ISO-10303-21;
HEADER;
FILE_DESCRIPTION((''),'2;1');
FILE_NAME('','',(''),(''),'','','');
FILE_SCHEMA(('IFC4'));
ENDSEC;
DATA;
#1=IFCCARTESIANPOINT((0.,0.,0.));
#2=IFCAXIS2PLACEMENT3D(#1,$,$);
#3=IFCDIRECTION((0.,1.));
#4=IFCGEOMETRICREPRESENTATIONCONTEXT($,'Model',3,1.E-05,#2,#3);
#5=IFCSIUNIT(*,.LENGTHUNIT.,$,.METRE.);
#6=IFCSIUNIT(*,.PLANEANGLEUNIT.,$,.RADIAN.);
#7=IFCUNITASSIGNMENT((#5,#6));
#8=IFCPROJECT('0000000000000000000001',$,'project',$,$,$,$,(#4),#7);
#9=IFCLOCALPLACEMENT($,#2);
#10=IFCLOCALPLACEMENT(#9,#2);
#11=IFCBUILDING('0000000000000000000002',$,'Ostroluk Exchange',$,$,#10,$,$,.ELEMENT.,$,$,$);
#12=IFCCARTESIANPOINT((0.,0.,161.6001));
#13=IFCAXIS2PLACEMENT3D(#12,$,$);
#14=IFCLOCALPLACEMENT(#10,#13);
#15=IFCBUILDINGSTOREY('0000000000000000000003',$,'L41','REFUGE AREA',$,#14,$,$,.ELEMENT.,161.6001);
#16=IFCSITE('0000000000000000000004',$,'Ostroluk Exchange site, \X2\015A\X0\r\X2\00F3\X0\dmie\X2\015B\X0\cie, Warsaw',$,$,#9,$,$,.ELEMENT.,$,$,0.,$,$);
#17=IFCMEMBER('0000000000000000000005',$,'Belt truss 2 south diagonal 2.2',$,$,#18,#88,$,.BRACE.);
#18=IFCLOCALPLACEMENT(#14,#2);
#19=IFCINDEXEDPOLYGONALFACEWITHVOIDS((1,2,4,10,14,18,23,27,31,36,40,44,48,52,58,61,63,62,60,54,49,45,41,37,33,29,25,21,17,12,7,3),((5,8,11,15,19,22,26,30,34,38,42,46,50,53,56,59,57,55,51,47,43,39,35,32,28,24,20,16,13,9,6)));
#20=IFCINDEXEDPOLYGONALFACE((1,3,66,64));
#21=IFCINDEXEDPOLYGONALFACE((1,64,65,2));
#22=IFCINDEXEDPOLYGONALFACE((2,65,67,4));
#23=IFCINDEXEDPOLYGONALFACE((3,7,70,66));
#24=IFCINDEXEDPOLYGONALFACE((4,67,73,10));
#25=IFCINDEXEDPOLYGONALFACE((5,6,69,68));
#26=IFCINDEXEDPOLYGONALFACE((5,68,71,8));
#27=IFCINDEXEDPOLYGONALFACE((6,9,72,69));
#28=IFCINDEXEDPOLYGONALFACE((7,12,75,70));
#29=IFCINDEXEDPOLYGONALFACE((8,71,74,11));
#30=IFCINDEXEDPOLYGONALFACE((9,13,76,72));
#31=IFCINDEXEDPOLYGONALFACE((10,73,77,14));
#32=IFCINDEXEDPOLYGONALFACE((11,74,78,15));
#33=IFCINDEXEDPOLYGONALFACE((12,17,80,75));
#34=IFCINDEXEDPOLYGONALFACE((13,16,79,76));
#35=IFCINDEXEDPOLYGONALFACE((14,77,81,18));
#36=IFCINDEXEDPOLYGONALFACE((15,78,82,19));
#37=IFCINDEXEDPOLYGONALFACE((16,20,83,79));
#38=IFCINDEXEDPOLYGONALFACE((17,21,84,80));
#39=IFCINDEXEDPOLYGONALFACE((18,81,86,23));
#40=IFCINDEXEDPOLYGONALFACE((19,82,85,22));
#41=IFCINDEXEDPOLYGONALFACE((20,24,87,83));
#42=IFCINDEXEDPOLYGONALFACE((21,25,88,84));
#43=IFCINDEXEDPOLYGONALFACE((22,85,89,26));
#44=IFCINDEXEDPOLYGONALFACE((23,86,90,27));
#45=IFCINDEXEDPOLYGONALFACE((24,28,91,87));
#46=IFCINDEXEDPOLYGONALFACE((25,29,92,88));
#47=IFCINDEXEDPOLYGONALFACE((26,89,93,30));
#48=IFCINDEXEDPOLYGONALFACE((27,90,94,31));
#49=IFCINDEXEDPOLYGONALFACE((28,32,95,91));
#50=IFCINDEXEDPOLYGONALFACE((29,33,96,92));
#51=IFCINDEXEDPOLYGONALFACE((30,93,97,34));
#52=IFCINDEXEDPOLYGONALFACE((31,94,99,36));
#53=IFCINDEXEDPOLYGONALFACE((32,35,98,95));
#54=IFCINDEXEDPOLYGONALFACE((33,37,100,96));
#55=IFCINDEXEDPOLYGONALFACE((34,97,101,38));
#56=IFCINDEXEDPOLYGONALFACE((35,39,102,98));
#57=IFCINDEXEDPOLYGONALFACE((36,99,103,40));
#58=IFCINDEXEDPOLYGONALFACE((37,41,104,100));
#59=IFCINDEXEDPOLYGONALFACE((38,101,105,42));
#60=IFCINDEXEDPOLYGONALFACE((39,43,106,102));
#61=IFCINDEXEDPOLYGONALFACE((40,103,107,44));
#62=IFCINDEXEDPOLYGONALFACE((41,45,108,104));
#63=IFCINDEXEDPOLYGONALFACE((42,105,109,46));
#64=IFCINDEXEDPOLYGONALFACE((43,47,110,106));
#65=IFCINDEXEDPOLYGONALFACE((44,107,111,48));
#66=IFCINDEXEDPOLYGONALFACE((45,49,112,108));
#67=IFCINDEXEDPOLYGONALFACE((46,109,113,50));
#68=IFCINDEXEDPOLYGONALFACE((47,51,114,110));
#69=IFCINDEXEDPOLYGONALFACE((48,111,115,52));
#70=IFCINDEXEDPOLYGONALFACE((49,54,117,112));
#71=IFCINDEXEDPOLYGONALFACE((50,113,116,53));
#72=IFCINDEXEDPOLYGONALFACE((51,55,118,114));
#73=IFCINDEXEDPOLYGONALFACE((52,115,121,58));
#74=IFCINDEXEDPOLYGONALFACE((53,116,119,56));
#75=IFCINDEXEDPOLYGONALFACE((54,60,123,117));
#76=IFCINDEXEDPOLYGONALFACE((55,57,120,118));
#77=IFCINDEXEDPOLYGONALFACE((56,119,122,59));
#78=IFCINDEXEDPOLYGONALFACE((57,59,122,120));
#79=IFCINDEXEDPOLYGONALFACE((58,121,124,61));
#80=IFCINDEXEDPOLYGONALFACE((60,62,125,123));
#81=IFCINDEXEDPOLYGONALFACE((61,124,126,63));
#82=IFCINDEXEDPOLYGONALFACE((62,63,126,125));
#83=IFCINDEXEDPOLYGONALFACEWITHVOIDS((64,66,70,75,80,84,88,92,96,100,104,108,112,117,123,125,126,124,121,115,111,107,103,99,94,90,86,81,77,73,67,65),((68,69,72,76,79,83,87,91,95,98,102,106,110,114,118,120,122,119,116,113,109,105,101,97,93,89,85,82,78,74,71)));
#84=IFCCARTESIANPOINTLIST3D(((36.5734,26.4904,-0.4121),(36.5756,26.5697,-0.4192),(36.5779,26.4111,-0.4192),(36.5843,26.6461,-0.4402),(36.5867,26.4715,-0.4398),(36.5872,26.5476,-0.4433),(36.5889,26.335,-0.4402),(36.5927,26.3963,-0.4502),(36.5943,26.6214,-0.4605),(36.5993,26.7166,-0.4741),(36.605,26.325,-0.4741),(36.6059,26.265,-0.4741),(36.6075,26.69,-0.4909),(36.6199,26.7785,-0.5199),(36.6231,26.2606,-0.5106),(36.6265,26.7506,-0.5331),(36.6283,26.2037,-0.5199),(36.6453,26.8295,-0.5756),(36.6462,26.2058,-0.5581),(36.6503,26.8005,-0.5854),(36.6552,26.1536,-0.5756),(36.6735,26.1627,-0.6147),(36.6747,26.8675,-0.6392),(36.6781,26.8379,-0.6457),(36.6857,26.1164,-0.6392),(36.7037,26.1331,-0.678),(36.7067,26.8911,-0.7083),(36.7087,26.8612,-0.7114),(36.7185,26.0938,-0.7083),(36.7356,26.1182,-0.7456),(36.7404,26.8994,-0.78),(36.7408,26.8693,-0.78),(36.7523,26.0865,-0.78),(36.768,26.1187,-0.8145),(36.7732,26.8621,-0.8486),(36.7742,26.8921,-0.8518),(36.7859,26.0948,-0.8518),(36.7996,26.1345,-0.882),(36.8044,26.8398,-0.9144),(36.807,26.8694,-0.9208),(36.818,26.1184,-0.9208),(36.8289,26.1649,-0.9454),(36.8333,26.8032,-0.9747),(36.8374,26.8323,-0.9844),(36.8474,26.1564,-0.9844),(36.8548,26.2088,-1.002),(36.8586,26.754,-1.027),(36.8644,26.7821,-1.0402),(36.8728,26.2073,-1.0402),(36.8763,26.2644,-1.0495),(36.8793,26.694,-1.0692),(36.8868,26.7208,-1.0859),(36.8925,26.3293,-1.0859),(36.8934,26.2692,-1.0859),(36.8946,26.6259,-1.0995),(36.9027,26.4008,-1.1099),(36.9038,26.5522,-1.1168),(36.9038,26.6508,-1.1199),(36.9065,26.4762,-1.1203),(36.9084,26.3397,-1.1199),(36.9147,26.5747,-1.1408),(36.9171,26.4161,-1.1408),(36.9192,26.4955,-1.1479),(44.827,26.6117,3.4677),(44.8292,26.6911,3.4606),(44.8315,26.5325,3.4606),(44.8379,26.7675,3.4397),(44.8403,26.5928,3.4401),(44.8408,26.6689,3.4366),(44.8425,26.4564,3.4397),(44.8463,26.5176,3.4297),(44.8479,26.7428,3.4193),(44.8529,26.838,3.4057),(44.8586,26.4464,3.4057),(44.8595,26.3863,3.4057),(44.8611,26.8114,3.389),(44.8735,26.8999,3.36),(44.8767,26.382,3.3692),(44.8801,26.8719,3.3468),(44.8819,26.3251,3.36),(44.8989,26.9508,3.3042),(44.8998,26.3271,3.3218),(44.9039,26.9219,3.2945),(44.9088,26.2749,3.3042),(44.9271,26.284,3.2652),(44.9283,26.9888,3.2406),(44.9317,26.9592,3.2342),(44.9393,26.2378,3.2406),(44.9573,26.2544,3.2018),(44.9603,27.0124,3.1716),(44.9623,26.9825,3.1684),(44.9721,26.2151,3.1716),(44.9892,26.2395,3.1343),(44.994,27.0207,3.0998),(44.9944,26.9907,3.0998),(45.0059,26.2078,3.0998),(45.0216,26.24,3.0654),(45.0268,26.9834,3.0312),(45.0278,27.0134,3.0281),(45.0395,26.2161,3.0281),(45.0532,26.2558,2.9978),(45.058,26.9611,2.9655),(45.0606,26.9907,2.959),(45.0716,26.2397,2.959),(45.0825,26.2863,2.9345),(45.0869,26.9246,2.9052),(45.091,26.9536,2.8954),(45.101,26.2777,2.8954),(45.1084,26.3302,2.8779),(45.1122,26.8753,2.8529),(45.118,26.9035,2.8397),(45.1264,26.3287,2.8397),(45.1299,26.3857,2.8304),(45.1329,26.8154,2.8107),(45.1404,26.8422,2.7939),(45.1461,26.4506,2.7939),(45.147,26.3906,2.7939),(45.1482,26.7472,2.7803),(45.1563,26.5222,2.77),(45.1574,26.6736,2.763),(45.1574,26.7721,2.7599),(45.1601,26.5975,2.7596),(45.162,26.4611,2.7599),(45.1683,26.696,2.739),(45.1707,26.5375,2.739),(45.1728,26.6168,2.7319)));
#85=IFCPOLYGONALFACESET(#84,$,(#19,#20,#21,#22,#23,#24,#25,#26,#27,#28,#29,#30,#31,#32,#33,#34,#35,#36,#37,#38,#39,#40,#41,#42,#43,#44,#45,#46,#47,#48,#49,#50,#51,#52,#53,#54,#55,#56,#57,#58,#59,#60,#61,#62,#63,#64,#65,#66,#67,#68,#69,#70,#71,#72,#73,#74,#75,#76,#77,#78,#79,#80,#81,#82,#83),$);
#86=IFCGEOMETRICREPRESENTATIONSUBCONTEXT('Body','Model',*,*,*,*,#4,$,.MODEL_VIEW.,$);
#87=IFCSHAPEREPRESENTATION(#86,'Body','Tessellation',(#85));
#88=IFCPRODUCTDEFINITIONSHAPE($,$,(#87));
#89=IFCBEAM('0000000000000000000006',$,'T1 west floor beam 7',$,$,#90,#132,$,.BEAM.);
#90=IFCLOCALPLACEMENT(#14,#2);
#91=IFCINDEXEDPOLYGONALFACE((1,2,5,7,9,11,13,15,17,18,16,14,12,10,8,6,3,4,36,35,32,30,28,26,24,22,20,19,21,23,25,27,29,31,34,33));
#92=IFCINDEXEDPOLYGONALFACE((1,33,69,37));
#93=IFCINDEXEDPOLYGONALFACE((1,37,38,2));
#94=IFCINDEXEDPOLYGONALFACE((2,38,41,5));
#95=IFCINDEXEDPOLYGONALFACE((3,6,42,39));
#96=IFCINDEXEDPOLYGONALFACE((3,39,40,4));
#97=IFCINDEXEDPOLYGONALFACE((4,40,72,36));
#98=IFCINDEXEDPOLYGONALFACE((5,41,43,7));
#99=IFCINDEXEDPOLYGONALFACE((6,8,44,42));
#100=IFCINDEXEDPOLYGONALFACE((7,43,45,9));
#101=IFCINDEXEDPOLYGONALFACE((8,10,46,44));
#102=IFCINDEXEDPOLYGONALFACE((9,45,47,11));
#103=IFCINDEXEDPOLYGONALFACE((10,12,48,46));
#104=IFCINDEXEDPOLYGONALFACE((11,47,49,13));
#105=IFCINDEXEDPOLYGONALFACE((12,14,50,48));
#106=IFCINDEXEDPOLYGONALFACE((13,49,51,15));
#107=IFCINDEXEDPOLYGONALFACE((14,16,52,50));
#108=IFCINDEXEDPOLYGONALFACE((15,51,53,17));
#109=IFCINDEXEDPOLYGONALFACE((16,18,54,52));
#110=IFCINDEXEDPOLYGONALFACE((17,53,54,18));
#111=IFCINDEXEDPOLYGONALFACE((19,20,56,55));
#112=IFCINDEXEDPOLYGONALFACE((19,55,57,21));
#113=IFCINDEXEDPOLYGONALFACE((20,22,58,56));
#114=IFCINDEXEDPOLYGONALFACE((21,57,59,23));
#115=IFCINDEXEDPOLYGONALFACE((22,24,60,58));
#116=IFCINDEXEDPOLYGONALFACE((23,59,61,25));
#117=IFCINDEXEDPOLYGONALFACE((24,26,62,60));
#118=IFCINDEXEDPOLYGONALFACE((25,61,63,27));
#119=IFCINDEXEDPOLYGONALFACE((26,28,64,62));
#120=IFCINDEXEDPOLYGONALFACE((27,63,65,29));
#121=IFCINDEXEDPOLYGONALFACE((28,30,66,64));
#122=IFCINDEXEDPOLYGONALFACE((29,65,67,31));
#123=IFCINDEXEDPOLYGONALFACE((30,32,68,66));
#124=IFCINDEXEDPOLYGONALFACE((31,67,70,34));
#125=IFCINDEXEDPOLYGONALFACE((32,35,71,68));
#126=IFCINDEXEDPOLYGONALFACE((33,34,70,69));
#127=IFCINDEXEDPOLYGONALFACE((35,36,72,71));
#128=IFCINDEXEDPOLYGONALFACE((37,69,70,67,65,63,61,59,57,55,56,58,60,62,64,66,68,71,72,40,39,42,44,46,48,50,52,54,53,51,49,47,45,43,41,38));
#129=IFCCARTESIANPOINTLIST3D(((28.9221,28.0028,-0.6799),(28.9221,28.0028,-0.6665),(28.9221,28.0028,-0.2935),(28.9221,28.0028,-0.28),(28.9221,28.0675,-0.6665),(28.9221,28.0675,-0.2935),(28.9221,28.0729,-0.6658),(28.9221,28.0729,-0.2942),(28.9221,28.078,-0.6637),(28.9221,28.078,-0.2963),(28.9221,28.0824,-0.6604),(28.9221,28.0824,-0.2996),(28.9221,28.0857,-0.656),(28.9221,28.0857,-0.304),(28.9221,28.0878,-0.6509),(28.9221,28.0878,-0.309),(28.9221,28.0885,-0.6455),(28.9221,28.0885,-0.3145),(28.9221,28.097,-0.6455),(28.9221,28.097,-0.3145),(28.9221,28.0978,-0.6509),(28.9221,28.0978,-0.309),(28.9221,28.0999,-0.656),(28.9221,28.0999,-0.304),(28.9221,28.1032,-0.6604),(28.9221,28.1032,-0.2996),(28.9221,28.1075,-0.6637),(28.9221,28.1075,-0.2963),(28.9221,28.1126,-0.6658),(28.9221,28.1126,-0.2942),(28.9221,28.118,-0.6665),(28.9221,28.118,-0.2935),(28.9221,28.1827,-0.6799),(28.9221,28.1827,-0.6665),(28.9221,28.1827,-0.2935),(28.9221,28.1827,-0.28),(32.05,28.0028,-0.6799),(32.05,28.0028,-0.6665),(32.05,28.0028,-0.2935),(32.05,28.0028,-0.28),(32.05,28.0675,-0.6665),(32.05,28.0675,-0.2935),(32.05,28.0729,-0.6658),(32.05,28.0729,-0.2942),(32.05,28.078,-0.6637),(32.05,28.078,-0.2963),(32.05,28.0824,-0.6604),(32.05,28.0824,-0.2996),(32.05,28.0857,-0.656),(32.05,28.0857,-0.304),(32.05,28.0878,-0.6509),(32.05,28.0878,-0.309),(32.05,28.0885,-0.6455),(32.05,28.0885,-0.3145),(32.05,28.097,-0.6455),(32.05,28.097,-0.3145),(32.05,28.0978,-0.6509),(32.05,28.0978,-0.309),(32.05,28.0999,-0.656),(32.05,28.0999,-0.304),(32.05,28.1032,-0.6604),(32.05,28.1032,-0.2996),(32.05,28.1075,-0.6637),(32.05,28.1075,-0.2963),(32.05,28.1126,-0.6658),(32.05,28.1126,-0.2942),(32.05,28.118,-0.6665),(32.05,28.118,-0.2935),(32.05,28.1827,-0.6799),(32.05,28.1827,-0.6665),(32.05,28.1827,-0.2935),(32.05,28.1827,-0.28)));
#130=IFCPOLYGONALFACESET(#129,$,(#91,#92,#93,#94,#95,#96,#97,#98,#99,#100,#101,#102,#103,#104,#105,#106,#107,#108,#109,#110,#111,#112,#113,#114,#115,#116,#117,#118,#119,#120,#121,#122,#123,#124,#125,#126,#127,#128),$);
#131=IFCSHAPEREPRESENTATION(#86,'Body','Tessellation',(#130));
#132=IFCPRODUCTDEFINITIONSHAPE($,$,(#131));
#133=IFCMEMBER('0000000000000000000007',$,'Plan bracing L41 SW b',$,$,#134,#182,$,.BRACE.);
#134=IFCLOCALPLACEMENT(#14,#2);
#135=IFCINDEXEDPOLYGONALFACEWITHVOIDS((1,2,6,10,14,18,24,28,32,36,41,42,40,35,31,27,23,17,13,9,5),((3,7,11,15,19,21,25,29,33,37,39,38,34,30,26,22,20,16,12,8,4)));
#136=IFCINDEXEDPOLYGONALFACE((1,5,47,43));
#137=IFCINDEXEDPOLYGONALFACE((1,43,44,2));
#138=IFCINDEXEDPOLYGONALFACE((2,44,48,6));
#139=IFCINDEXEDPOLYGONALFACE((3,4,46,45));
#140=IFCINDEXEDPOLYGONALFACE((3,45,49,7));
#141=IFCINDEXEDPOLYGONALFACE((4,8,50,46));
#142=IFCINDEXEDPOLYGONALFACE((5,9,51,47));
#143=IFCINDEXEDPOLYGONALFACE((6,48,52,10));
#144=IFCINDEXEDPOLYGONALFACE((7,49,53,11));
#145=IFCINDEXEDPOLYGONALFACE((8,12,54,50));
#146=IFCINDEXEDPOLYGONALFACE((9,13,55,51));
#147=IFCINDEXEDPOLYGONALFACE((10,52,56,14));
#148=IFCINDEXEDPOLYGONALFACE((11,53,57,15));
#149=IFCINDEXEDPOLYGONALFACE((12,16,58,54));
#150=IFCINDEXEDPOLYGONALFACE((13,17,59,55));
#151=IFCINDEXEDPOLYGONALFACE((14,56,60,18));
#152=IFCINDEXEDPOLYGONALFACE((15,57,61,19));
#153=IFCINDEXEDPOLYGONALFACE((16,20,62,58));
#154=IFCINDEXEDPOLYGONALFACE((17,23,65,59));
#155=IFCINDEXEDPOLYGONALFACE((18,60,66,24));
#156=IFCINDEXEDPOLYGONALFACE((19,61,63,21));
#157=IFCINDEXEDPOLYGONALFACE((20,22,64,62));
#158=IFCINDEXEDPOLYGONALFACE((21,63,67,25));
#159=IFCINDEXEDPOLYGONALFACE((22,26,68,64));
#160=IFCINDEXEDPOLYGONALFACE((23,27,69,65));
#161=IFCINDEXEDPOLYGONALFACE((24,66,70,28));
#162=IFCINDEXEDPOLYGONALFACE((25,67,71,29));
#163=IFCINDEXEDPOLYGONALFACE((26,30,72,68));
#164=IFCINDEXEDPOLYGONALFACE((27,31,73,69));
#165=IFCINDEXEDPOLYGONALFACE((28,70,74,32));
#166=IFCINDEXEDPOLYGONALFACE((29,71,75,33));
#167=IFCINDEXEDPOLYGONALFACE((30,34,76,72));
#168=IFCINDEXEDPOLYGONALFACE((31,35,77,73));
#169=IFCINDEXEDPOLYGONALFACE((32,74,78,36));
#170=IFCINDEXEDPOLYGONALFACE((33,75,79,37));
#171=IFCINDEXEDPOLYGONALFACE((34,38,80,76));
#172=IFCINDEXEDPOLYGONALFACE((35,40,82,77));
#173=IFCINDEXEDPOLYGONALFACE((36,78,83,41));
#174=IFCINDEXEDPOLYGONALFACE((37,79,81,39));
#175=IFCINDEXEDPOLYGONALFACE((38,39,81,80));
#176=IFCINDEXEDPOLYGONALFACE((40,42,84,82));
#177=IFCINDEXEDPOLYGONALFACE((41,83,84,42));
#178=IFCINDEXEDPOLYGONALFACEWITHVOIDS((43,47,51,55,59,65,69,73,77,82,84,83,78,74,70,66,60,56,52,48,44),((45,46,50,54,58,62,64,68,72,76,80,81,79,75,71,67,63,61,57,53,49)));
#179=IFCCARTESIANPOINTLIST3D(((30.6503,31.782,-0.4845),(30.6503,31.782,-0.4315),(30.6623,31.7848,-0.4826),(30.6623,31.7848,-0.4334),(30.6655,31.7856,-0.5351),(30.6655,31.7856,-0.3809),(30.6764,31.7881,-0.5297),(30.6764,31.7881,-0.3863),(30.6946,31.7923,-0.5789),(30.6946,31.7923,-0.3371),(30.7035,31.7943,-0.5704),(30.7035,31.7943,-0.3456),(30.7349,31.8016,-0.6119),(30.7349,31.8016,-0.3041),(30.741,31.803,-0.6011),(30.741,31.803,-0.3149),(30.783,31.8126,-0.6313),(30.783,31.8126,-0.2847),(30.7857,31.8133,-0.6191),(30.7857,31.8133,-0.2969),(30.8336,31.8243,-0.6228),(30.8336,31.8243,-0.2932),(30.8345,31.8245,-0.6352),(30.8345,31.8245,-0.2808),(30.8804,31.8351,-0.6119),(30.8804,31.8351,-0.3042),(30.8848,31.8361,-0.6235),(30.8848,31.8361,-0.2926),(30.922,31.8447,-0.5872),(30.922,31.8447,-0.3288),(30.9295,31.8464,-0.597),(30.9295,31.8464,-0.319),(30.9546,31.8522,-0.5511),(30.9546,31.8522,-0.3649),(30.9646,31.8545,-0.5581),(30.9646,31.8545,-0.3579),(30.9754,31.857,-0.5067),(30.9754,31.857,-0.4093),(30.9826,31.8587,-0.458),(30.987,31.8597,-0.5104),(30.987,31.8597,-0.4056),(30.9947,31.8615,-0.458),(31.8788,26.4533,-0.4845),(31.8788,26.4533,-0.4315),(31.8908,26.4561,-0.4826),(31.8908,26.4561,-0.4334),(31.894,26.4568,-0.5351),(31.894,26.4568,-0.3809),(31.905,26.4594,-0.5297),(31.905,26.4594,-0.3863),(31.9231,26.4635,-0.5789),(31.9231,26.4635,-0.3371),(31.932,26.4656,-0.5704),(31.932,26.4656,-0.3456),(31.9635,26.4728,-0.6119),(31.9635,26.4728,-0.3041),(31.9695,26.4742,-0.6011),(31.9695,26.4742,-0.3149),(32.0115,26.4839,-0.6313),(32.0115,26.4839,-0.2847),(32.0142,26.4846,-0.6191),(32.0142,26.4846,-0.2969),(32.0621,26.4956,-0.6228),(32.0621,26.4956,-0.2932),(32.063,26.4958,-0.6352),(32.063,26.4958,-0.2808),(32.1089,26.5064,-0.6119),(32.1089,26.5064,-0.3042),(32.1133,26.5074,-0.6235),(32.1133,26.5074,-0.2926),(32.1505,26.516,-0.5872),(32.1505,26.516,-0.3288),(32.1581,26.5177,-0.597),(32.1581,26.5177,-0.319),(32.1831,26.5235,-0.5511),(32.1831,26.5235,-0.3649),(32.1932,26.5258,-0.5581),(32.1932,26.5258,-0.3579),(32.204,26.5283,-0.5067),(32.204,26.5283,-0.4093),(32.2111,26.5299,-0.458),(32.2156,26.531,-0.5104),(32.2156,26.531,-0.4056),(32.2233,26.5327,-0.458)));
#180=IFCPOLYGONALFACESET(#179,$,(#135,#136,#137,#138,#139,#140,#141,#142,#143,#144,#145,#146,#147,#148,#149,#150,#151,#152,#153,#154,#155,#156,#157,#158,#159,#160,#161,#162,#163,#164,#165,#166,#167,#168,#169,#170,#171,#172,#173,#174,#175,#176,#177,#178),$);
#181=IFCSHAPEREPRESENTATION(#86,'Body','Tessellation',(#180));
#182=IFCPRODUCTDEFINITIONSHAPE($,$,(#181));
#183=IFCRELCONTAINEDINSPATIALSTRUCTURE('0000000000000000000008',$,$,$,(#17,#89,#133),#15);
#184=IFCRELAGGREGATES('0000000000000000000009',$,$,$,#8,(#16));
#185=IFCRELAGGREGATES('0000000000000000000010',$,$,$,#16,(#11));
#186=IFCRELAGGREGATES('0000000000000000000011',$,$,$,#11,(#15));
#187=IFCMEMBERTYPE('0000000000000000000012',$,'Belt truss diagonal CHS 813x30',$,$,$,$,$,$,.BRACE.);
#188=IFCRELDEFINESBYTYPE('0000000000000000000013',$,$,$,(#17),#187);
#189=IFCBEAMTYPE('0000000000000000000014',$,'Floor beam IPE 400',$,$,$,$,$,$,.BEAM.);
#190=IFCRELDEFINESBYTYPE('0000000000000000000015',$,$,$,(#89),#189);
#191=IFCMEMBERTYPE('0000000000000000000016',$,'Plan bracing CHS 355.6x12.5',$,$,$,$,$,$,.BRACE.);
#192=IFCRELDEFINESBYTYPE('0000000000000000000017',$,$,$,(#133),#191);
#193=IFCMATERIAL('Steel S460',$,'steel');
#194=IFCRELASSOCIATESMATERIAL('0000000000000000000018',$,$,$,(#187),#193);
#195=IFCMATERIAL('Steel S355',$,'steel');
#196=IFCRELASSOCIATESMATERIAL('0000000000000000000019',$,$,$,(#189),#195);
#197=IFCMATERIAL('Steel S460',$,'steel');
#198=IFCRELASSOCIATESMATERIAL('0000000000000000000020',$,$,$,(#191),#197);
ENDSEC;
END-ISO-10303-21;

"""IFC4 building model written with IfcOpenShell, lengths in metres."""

from ifc_helpers import new_model, si_unit, direction, frame, origin, origin_2d, place, context, subcontext, project, spatial, hollow_circle, i_section, extrude, material, material_profile, profile_set, type_object, element, save


model = new_model("IFC4")

# Units and contexts
model_context = context("Model", 3, precision=1e-05, world=origin(), true_north=direction((0.0, 1.0)))
body_context = subcontext(model_context, "Body", "Model", "MODEL_VIEW")
ifc_project = project(units=[si_unit("LENGTHUNIT", "METRE"), si_unit("PLANEANGLEUNIT", "RADIAN")], contexts=[model_context])

# Site, building, storey
site_placement = place(None, origin())
site = spatial("IfcSite", under=ifc_project, at=site_placement, Name="Ostroluk Exchange site, Śródmieście, Warsaw", CompositionType="ELEMENT", RefElevation=0.0)
building_placement = place(site_placement, origin())
building = spatial("IfcBuilding", under=site, at=building_placement, Name="Ostroluk Exchange", CompositionType="ELEMENT")
storey_placement = place(building_placement, frame((0.0, 0.0, 161.6001)))
storey = spatial("IfcBuildingStorey", under=building, at=storey_placement, Name="L41", Description="REFUGE AREA", CompositionType="ELEMENT", Elevation=161.6001)

# Member
ifc_material_1 = material(Name="Steel S460", Category="steel")
ifc_material_profile_1 = material_profile(ifc_material_1, hollow_circle(Radius=0.4065, WallThickness=0.03, at=origin_2d()), Name="CHS 813x30")
ifc_profile_set_1 = profile_set([ifc_material_profile_1], Name="Steel S460")
member_type_1 = type_object("IfcMemberType", Name="Belt truss diagonal CHS 813x30", PredefinedType="BRACE", material=ifc_profile_set_1)
member_1_placement = place(storey_placement, frame((36.7463, 26.4929, -0.78), z_axis=(0.904916, 0.013303, 0.425383), x_axis=(-0.0147, 0.999892, 0.0)))
element("IfcMember", 1, at=member_1_placement, inside=storey, type_object=member_type_1, Name="Belt truss 2 south diagonal 2.2", PredefinedType="BRACE", context=body_context, shape_type="SweptSolid", body=[
    extrude(hollow_circle(Radius=0.4065, WallThickness=0.03, at=origin_2d()), origin(), (0.0, 0.0, 1.0), 9.1208),
])

# Beam
ifc_material_2 = material(Name="Steel S355", Category="steel")
ifc_material_profile_2 = material_profile(ifc_material_2, i_section(OverallWidth=0.1799, OverallDepth=0.3999, WebThickness=0.0085, FlangeThickness=0.0134, FilletRadius=0.021, at=origin_2d()), Name="IPE 400")
ifc_profile_set_2 = profile_set([ifc_material_profile_2], Name="Steel S355")
beam_type = type_object("IfcBeamType", Name="Floor beam IPE 400", PredefinedType="BEAM", material=ifc_profile_set_2)
beam_placement = place(storey_placement, frame((32.05, 28.0928, -0.48), z_axis=(-1.0, 0.0, 0.0), x_axis=(0.0, -1.0, 0.0)))
element("IfcBeam", 2, at=beam_placement, inside=storey, type_object=beam_type, Name="T1 west floor beam 7", PredefinedType="BEAM", context=body_context, shape_type="SweptSolid", body=[
    extrude(i_section(OverallWidth=0.1799, OverallDepth=0.3999, WebThickness=0.0085, FlangeThickness=0.0134, FilletRadius=0.021, at=origin_2d()), origin(), (0.0, 0.0, 1.0), 3.1279),
])

# Member
ifc_material_3 = material(Name="Steel S460", Category="steel")
ifc_material_profile_3 = material_profile(ifc_material_3, hollow_circle(Radius=0.1777, WallThickness=0.0125, at=origin_2d()), Name="CHS 355.6x12.5")
ifc_profile_set_3 = profile_set([ifc_material_profile_3], Name="Steel S460")
member_type_2 = type_object("IfcMemberType", Name="Plan bracing CHS 355.6x12.5", PredefinedType="BRACE", material=ifc_profile_set_3)
member_2_placement = place(storey_placement, frame((30.8215, 31.8215, -0.458), z_axis=(0.224657, -0.974438, 0.0), x_axis=(0.974438, 0.224657, 0.0)))
element("IfcMember", 3, at=member_2_placement, inside=storey, type_object=member_type_2, Name="Plan bracing L41 SW b", PredefinedType="BRACE", context=body_context, shape_type="SweptSolid", body=[
    extrude(hollow_circle(Radius=0.1777, WallThickness=0.0125, at=origin_2d()), origin(), (0.0, 0.0, 1.0), 5.4685),
])

save(model, "model.ifc")
